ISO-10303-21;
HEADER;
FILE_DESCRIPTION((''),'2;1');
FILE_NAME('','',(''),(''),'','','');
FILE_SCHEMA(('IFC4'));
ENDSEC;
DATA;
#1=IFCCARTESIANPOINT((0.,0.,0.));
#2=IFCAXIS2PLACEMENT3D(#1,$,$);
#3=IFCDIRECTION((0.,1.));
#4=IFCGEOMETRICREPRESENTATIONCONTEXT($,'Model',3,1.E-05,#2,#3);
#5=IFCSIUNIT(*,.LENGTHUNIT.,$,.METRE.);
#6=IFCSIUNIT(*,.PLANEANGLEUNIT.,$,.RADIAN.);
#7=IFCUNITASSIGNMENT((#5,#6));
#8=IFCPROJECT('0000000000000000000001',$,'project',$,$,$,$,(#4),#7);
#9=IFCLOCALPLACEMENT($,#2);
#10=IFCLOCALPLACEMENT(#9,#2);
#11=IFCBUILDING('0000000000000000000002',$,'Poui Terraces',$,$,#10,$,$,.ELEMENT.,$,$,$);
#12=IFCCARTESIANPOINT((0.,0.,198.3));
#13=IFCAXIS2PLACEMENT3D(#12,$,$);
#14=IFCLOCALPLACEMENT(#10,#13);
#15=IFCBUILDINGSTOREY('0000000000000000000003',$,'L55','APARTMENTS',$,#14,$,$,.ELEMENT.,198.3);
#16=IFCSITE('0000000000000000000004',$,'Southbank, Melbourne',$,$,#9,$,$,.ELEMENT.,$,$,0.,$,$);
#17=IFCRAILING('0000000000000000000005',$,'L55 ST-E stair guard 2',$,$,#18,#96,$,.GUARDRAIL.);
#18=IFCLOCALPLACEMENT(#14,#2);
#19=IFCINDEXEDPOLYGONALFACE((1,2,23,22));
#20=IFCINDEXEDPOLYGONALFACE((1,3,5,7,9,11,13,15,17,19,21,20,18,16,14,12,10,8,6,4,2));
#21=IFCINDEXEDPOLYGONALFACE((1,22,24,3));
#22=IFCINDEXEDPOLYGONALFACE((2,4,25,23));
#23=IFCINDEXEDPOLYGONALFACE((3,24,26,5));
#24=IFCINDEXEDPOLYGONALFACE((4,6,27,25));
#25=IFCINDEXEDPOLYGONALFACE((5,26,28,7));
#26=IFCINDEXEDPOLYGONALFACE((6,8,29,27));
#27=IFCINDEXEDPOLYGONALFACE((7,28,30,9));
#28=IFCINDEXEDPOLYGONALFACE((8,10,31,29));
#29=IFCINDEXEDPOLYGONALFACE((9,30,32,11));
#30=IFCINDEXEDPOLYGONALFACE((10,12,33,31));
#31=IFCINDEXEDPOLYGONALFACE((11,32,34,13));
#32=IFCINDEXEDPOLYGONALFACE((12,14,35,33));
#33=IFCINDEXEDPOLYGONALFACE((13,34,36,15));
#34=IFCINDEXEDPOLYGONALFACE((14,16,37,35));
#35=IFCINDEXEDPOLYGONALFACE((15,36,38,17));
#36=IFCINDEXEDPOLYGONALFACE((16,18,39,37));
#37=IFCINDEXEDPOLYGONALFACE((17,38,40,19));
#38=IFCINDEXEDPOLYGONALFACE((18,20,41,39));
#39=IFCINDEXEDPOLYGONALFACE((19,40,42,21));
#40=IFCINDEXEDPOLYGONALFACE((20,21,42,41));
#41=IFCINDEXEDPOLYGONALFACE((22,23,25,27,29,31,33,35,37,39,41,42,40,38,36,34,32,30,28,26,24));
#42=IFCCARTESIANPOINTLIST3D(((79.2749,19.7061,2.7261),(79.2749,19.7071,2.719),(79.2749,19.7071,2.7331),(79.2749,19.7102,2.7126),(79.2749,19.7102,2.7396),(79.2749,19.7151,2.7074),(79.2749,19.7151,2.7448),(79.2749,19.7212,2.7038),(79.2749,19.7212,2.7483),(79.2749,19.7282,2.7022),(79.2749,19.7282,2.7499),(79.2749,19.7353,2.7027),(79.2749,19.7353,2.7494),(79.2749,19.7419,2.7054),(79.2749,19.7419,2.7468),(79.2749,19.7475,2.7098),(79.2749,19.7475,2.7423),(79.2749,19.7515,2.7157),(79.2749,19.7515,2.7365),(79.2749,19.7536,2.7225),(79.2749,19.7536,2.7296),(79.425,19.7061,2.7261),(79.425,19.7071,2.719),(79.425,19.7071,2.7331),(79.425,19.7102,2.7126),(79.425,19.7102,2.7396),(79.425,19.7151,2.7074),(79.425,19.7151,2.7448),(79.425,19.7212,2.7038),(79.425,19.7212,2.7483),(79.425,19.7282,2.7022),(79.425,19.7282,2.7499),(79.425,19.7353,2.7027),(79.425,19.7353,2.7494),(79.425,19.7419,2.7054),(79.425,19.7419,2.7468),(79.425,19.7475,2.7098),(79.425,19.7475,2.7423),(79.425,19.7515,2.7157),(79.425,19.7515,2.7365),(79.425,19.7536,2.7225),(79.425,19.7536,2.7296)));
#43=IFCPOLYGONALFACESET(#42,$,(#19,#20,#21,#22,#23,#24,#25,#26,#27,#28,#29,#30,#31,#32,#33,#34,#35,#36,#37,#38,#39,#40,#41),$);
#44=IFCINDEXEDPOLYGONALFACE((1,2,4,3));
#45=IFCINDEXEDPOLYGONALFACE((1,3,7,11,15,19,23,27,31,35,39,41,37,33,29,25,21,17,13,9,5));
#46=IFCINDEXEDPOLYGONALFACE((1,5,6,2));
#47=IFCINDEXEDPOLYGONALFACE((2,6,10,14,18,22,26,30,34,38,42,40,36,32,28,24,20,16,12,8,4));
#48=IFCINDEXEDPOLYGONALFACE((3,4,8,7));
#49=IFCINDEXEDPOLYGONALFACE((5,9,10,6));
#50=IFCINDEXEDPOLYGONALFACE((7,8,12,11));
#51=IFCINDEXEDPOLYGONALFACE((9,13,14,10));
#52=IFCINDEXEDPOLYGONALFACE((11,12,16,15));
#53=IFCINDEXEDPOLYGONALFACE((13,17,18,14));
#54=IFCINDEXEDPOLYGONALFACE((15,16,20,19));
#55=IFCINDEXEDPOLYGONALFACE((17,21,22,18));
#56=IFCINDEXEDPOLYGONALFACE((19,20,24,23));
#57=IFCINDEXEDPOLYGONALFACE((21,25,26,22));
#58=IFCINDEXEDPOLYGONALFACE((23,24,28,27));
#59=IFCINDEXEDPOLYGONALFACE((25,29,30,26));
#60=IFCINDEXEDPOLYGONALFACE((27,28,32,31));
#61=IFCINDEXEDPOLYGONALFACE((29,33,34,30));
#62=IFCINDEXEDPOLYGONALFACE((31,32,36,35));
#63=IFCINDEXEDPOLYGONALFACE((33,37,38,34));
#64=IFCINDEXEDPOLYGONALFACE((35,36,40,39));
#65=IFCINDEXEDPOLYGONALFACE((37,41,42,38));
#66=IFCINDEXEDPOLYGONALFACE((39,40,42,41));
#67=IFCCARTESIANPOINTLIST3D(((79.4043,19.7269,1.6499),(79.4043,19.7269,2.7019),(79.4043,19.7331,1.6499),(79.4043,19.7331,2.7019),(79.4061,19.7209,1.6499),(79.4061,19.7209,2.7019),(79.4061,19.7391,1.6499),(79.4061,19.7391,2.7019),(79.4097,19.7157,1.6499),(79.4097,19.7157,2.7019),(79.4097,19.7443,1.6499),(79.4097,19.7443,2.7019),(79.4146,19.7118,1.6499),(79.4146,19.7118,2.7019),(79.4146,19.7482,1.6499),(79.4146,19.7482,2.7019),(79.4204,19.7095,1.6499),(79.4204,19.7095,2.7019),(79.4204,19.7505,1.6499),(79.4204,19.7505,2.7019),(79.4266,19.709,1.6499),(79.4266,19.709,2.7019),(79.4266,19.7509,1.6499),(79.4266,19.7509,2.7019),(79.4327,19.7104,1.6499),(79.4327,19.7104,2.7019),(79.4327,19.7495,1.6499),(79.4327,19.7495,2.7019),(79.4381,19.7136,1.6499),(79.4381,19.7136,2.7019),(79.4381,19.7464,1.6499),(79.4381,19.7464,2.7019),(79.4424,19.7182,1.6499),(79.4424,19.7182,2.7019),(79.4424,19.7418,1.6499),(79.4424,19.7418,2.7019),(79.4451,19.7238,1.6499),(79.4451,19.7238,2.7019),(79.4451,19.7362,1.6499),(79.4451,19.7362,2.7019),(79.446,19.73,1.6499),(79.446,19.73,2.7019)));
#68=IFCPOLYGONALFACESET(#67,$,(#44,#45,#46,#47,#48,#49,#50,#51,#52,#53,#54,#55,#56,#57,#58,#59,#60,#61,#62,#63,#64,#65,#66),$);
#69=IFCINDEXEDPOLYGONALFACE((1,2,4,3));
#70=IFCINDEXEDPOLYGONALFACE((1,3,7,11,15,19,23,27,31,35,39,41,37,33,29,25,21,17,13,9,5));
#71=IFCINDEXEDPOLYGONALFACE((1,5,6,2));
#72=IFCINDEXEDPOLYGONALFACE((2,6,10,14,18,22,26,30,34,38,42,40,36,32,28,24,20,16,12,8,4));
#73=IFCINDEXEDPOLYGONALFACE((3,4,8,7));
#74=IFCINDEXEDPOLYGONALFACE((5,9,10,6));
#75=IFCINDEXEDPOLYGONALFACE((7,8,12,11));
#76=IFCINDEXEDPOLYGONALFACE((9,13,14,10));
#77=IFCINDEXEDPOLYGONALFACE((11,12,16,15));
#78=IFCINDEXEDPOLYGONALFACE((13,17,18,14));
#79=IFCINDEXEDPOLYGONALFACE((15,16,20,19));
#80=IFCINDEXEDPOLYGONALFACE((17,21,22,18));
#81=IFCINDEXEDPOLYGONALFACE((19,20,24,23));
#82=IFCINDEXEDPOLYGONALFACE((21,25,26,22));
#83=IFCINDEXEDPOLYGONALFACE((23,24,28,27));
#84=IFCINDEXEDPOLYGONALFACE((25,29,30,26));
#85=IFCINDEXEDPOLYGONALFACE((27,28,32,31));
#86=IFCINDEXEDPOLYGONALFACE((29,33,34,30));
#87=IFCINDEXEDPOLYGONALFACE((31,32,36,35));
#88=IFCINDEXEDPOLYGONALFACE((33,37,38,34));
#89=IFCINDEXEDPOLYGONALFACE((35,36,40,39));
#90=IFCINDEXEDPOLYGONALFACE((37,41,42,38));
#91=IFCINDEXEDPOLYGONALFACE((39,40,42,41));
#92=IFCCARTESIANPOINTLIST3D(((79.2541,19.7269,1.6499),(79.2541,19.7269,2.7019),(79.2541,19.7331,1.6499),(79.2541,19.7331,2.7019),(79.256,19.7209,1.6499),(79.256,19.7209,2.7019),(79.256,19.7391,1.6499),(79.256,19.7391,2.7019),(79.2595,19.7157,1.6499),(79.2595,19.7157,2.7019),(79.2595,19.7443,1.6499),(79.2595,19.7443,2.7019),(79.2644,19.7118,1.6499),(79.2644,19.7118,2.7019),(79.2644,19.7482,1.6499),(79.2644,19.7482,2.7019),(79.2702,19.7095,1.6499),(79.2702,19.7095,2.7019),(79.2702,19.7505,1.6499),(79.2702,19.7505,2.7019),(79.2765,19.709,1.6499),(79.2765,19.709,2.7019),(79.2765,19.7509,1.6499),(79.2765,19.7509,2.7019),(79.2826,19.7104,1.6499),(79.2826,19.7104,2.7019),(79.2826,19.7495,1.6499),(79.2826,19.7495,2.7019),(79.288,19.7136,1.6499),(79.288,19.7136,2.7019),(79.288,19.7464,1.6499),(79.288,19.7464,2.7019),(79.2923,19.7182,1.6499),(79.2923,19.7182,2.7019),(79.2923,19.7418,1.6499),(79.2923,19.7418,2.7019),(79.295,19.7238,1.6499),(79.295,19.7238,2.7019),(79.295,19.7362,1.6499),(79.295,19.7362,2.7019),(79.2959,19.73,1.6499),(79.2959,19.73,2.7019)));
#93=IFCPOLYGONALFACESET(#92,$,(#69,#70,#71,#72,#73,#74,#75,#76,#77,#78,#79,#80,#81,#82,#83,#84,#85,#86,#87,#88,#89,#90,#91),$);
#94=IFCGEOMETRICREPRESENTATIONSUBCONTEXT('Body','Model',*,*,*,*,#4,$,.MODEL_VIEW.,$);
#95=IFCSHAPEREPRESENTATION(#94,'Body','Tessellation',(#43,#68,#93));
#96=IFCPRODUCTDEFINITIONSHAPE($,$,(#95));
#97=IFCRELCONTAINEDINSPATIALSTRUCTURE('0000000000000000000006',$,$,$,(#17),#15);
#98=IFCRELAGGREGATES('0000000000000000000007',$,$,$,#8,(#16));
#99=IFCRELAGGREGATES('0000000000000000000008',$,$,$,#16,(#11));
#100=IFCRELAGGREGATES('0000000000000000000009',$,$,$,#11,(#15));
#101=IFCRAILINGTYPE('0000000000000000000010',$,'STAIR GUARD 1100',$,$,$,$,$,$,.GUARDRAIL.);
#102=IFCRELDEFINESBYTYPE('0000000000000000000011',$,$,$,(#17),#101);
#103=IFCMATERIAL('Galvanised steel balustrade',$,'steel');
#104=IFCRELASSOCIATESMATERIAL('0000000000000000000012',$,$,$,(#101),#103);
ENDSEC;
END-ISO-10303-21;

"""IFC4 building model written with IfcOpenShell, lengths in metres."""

from ifc_helpers import new_model, si_unit, direction, frame, origin, origin_2d, place, context, subcontext, project, spatial, circle, extrude, material, type_object, element, save


model = new_model("IFC4")

# Units and contexts
model_context = context("Model", 3, precision=1e-05, world=origin(), true_north=direction((0.0, 1.0)))
body_context = subcontext(model_context, "Body", "Model", "MODEL_VIEW")
ifc_project = project(units=[si_unit("LENGTHUNIT", "METRE"), si_unit("PLANEANGLEUNIT", "RADIAN")], contexts=[model_context])

# Site, building, storey
site_placement = place(None, origin())
site = spatial("IfcSite", under=ifc_project, at=site_placement, Name="Southbank, Melbourne", CompositionType="ELEMENT", RefElevation=0.0)
building_placement = place(site_placement, origin())
building = spatial("IfcBuilding", under=site, at=building_placement, Name="Poui Terraces", CompositionType="ELEMENT")
storey_placement = place(building_placement, frame((0.0, 0.0, 198.3)))
storey = spatial("IfcBuildingStorey", under=building, at=storey_placement, Name="L55", Description="APARTMENTS", CompositionType="ELEMENT", Elevation=198.3)

# Railing
ifc_material_1 = material(Name="Galvanised steel balustrade", Category="steel")
railing_type_1 = type_object("IfcRailingType", Name="STAIR GUARD 1100", PredefinedType="GUARDRAIL", material=ifc_material_1)
railing_1_placement = place(storey_placement, frame((79.425, 19.73, 1.6499)))
element("IfcRailing", 1, at=railing_1_placement, inside=storey, type_object=railing_type_1, Name="L55 ST-E stair guard 2", PredefinedType="GUARDRAIL", context=body_context, shape_type="SweptSolid", body=[
    extrude(circle(Radius=0.0239, at=origin_2d()), frame((0.0, 0.0, 1.0762), z_axis=(-1.0, 0.0, 0.0), x_axis=(0.0, -1.0, 0.0)), (0.0, 0.0, 1.0), 0.1501),
    extrude(circle(Radius=0.021, at=origin_2d()), origin(), (0.0, 0.0, 1.0), 1.052),
    extrude(circle(Radius=0.021, at=origin_2d()), frame((-0.1501, 0.0, 0.0)), (0.0, 0.0, 1.0), 1.052),
])

save(model, "model.ifc")
